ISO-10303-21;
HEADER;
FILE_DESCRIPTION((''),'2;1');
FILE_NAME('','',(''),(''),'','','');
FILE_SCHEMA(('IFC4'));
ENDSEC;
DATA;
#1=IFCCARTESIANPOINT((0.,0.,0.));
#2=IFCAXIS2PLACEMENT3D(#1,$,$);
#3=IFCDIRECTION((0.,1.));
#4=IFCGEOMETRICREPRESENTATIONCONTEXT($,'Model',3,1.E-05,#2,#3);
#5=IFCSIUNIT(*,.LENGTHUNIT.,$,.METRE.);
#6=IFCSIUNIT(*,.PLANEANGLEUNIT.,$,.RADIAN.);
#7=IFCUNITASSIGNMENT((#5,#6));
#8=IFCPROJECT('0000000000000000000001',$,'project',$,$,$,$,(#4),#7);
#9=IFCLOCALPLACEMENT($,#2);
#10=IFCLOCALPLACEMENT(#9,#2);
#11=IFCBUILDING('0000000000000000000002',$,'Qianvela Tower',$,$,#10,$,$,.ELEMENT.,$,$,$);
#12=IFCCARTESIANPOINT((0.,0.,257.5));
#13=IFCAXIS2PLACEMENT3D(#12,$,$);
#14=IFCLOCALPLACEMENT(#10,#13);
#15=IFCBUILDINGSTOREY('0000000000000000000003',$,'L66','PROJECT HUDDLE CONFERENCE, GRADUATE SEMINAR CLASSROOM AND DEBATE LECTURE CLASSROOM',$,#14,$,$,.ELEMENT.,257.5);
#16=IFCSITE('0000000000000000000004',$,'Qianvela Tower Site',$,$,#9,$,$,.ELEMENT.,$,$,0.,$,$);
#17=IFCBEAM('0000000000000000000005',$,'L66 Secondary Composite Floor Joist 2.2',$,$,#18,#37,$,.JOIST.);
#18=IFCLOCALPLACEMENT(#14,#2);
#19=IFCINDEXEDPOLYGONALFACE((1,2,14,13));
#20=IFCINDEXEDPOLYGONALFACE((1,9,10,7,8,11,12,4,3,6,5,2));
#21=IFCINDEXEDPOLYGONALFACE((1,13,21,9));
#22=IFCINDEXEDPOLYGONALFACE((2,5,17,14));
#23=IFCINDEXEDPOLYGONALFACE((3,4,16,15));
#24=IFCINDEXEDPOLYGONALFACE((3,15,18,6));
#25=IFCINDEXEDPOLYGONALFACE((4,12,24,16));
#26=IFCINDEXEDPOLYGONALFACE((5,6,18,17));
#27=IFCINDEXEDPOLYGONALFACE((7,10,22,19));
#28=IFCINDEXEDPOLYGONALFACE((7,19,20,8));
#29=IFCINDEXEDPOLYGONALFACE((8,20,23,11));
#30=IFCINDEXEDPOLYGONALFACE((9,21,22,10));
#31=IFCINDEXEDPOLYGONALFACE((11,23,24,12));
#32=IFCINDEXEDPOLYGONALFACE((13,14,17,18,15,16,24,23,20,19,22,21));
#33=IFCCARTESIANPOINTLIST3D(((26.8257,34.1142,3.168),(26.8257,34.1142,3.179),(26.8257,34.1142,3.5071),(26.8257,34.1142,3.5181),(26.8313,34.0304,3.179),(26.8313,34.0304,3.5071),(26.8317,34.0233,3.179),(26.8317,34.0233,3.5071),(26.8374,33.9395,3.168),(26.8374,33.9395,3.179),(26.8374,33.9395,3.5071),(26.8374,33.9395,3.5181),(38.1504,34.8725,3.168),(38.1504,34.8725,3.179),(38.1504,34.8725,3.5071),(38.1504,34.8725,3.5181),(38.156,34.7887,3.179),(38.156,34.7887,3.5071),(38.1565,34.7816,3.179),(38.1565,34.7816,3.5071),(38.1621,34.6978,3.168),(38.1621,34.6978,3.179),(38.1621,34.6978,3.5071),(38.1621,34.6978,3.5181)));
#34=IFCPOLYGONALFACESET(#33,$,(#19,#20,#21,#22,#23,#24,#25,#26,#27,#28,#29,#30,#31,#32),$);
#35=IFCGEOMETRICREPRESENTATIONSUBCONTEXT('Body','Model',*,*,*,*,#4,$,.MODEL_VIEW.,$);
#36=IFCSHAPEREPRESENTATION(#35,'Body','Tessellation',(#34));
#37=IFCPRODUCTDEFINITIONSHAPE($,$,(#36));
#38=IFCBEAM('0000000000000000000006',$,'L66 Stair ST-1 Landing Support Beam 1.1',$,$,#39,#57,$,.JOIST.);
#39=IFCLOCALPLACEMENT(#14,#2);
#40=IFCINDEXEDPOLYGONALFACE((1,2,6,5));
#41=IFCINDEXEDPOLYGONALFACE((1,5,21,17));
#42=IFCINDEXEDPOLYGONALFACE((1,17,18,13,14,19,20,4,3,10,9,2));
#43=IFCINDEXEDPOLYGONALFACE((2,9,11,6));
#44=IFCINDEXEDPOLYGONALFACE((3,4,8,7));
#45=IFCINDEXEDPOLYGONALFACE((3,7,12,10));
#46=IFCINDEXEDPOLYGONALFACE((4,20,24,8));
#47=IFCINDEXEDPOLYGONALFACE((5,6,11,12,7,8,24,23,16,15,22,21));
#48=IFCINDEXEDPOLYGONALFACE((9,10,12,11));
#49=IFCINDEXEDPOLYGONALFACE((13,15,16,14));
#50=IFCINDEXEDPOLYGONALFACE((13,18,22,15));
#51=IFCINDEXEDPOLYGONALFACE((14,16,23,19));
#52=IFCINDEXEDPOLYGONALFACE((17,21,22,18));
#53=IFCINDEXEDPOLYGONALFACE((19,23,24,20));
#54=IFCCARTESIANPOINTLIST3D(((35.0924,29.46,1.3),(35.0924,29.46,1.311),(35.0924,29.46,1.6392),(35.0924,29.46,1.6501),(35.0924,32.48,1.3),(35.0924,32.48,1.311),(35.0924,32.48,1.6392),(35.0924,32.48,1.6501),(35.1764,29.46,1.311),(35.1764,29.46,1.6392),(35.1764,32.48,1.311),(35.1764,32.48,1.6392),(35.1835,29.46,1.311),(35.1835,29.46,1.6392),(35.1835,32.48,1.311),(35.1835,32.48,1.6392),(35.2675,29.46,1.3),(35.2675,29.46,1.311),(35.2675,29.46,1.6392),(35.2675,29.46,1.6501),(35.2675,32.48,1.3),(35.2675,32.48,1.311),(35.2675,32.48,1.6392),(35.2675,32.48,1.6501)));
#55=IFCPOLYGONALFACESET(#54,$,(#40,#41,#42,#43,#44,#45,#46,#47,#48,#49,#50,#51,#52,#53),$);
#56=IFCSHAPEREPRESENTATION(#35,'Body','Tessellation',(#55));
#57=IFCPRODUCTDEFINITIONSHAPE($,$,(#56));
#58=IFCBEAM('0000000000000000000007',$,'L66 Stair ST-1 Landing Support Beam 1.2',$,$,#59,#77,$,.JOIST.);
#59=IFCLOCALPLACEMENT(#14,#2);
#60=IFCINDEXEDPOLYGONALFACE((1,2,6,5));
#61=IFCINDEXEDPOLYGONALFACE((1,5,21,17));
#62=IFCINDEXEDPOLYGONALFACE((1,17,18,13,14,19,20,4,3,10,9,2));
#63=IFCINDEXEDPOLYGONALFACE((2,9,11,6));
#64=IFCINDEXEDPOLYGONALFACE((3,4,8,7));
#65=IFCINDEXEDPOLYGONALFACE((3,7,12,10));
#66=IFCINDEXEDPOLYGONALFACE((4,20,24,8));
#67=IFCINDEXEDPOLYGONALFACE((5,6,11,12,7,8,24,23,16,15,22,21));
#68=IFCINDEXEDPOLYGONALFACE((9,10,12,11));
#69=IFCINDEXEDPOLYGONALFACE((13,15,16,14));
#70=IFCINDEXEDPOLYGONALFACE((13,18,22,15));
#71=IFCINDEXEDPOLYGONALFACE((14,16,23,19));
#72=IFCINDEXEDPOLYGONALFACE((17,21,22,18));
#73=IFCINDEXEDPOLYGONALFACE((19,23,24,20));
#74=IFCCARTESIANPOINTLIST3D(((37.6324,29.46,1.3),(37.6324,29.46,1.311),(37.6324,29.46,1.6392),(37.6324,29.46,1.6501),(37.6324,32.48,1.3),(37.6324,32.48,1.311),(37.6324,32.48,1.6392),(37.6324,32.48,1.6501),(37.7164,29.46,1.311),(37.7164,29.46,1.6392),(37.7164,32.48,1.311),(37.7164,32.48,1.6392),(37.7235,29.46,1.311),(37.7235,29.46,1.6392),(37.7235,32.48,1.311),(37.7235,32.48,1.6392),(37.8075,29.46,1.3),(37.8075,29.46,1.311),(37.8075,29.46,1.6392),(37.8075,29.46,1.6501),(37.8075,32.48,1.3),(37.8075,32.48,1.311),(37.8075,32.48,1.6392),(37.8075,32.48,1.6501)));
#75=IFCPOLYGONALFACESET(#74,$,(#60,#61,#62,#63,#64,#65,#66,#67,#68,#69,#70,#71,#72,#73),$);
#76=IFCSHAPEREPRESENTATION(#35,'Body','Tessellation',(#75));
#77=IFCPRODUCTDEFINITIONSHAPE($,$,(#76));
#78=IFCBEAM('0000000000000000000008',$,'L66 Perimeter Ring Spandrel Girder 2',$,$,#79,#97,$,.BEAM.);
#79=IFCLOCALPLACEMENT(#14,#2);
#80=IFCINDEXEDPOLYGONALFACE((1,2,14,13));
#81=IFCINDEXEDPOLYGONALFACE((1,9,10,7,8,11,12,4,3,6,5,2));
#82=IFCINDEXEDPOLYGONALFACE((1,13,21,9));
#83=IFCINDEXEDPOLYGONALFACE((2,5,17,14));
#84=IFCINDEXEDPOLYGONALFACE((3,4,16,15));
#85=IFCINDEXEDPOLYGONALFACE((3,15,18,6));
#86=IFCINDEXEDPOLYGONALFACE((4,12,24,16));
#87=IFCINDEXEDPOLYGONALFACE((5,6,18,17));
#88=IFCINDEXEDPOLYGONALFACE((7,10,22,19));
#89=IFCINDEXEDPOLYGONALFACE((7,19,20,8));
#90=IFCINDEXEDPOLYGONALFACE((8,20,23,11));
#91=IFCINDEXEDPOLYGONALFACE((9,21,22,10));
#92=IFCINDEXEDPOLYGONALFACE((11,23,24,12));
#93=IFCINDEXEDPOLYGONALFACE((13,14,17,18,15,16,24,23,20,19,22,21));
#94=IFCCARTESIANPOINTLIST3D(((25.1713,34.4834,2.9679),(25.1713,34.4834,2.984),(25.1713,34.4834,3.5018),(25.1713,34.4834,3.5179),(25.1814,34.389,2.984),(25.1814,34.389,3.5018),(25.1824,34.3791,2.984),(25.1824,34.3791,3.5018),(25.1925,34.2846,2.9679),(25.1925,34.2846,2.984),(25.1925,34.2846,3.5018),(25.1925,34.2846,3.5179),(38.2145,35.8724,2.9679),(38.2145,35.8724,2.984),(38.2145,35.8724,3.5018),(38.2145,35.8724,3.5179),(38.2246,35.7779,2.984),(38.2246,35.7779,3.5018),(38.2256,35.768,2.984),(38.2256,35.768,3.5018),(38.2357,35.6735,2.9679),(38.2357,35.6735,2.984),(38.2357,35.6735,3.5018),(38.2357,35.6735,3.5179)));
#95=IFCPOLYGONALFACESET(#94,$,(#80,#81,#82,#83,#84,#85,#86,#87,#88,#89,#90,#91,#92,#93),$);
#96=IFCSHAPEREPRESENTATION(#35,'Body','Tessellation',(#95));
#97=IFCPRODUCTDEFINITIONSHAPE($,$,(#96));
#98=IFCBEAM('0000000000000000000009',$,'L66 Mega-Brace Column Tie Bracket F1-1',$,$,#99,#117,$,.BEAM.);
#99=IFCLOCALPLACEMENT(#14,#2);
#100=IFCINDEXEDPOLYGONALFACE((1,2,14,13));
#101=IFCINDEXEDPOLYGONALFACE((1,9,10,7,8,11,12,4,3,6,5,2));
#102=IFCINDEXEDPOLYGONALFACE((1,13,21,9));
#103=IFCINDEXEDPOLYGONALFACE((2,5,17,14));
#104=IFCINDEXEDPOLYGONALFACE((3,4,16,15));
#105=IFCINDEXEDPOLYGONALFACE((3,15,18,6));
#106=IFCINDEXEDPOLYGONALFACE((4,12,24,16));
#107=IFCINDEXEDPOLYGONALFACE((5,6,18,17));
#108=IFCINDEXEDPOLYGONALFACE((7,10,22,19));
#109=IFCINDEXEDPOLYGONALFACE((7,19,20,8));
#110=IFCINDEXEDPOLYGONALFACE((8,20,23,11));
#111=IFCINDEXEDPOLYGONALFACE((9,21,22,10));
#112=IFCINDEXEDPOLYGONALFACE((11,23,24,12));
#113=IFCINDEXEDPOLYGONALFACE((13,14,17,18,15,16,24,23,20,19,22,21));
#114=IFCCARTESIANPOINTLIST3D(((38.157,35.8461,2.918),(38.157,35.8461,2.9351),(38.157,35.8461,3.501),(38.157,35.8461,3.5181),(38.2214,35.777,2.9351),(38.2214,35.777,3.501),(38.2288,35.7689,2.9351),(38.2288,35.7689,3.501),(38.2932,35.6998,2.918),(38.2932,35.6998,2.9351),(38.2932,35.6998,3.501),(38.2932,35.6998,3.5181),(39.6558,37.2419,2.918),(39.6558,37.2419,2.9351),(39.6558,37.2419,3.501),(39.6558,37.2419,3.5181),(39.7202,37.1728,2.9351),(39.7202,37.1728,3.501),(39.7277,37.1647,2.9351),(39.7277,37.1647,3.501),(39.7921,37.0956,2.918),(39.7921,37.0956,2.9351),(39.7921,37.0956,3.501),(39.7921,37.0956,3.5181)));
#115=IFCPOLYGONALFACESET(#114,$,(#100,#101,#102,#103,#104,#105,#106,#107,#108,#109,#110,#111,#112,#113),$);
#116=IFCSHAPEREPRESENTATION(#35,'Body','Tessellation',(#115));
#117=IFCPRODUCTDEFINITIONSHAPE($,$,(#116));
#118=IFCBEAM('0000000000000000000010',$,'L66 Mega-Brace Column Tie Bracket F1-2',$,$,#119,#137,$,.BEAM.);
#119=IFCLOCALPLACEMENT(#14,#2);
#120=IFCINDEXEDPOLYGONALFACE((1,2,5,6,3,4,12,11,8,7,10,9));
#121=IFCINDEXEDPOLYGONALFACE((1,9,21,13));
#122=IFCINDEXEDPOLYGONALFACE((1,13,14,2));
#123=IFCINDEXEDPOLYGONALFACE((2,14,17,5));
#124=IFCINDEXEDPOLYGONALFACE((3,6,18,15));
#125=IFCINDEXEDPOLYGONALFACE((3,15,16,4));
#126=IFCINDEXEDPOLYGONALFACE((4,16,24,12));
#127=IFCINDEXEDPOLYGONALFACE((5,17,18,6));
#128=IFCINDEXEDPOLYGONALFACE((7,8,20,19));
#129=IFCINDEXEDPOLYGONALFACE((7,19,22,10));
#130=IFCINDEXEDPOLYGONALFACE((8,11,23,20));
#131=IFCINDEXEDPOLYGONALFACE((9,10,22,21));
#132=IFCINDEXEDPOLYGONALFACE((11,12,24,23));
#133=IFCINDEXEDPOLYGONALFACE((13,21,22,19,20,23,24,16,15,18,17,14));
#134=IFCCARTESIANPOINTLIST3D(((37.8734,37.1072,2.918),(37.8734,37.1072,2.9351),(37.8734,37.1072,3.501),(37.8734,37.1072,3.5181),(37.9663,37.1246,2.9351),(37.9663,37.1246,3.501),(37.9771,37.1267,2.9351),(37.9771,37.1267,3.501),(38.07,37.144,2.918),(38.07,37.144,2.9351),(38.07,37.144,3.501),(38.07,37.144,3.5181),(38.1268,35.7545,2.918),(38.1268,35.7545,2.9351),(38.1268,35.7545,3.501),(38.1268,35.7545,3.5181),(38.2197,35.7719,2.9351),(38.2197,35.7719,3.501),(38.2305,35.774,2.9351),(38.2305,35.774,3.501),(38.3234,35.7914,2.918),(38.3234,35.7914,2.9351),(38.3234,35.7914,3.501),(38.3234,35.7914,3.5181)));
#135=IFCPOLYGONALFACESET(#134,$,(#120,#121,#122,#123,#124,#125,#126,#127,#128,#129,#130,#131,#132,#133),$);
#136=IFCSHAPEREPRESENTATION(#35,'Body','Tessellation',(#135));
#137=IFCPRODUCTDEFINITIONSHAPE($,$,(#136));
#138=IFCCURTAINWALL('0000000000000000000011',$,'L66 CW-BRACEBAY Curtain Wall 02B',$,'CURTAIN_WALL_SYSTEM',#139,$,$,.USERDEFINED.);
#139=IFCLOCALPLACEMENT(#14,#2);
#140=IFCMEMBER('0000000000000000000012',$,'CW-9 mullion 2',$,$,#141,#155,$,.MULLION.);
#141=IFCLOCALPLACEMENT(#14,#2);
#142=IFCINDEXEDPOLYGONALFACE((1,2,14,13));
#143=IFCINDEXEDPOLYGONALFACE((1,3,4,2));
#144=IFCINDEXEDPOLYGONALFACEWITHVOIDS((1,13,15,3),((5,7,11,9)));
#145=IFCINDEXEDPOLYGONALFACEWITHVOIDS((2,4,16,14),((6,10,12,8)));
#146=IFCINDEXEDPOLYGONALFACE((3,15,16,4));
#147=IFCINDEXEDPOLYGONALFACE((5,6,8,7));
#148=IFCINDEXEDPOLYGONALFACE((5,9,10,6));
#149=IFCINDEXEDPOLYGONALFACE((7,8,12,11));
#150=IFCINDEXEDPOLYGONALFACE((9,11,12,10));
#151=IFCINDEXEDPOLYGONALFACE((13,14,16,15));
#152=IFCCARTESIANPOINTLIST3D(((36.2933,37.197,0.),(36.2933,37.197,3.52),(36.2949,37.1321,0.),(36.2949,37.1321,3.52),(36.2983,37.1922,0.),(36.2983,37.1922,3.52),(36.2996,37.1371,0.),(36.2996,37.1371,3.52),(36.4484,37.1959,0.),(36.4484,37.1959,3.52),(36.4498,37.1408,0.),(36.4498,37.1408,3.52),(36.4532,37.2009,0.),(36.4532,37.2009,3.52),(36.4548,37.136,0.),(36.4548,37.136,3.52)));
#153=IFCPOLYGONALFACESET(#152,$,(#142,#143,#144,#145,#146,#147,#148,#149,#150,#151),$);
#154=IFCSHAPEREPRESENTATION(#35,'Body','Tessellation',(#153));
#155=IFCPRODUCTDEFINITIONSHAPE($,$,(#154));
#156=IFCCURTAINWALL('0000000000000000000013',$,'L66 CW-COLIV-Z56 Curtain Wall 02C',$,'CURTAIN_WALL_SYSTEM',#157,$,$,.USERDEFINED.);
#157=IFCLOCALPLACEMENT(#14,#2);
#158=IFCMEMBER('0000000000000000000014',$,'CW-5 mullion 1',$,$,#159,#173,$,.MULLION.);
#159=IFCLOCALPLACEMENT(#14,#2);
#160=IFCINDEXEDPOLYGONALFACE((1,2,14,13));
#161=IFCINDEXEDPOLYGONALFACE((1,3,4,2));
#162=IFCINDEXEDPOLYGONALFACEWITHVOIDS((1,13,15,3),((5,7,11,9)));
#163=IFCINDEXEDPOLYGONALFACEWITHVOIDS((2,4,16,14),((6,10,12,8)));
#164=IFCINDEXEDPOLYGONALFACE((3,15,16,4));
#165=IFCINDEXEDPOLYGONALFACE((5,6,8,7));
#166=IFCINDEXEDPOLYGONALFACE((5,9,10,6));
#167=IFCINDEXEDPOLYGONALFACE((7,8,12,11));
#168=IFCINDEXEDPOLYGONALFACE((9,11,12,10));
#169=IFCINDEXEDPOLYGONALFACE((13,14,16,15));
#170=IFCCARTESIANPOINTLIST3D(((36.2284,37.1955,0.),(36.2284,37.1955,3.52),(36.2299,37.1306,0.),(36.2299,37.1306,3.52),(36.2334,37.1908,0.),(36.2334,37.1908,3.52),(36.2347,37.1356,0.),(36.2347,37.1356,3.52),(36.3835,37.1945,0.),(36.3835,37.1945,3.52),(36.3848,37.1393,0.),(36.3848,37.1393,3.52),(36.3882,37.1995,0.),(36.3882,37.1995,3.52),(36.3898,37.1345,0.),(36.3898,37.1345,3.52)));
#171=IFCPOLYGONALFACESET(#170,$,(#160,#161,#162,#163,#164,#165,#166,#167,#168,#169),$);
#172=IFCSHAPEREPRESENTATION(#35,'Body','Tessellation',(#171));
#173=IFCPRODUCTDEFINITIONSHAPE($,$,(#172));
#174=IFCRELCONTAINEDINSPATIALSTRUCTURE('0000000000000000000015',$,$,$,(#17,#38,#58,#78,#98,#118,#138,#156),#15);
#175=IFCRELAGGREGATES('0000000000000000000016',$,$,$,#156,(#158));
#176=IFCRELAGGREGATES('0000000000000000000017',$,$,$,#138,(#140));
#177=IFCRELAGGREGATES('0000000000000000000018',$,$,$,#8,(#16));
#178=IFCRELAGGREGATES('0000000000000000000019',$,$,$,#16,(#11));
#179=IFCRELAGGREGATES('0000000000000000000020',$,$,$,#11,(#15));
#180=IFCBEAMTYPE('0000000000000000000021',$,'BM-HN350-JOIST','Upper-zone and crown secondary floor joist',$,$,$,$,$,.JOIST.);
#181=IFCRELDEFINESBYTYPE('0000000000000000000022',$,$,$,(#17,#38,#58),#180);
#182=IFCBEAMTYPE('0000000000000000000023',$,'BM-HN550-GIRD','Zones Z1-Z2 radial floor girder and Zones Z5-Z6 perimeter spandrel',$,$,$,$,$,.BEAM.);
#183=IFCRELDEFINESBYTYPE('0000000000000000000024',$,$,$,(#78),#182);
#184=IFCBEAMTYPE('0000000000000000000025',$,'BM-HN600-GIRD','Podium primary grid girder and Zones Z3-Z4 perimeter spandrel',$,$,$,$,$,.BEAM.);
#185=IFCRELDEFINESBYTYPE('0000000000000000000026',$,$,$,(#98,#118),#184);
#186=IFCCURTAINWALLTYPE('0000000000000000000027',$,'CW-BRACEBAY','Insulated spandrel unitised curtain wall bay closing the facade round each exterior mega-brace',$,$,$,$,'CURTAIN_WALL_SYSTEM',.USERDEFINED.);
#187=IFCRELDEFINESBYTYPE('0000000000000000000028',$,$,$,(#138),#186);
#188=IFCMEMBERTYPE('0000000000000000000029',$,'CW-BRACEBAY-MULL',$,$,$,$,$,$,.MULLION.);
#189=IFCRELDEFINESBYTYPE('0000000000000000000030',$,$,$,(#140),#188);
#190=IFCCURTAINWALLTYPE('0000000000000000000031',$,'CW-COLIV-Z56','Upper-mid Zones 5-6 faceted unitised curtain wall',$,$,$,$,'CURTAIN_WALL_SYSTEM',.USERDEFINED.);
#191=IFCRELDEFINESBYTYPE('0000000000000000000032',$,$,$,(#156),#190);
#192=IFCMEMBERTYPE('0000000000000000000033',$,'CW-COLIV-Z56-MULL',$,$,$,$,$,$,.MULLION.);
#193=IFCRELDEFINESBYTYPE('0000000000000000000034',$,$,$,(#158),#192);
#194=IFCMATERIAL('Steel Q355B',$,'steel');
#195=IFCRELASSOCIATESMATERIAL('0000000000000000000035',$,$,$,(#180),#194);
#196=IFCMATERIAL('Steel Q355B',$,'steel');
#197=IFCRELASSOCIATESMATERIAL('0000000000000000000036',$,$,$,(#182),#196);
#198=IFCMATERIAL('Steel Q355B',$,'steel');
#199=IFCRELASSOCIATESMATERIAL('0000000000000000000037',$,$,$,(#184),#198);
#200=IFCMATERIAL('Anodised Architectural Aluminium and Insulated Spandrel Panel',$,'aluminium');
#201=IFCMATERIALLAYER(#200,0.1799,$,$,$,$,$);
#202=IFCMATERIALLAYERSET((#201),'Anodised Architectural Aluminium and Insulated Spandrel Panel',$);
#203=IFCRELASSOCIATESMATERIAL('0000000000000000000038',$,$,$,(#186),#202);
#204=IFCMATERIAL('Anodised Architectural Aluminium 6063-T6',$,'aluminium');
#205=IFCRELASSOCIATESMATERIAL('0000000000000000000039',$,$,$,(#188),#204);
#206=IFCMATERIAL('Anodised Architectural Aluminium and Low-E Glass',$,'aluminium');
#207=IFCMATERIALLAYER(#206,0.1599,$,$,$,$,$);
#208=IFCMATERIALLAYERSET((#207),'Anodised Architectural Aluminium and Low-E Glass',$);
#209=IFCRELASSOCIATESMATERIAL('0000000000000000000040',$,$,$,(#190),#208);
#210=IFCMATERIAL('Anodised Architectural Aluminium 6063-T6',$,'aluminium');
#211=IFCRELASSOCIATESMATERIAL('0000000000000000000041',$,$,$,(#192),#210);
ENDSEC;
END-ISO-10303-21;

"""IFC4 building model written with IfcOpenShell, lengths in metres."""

from ifc_helpers import new_model, si_unit, direction, frame, origin, origin_2d, place, context, subcontext, project, spatial, hollow_rectangle, i_section, extrude, material, layer, layer_set, material_profile, profile_set, type_object, element, aggregate, save


model = new_model("IFC4")

# Units and contexts
model_context = context("Model", 3, precision=1e-05, world=origin(), true_north=direction((0.0, 1.0)))
body_context = subcontext(model_context, "Body", "Model", "MODEL_VIEW")
ifc_project = project(units=[si_unit("LENGTHUNIT", "METRE"), si_unit("PLANEANGLEUNIT", "RADIAN")], contexts=[model_context])

# Site, building, storey
site_placement = place(None, origin())
site = spatial("IfcSite", under=ifc_project, at=site_placement, Name="Qianvela Tower Site", CompositionType="ELEMENT", RefElevation=0.0)
building_placement = place(site_placement, origin())
building = spatial("IfcBuilding", under=site, at=building_placement, Name="Qianvela Tower", CompositionType="ELEMENT")
storey_placement = place(building_placement, frame((0.0, 0.0, 257.5)))
storey = spatial("IfcBuildingStorey", under=building, at=storey_placement, Name="L66", Description="PROJECT HUDDLE CONFERENCE, GRADUATE SEMINAR CLASSROOM AND DEBATE LECTURE CLASSROOM", CompositionType="ELEMENT", Elevation=257.5)

# Beams
ifc_material_1 = material(Name="Steel Q355B", Category="steel")
ifc_material_profile_1 = material_profile(ifc_material_1, i_section(OverallWidth=0.175, OverallDepth=0.3501, WebThickness=0.0071, FlangeThickness=0.011, at=origin_2d()), Name="HN350x175x7x11")
ifc_profile_set_1 = profile_set([ifc_material_profile_1], Name="Steel Q355B")
beam_type_1 = type_object("IfcBeamType", Name="BM-HN350-JOIST", Description="Upper-zone and crown secondary floor joist", PredefinedType="JOIST", material=ifc_profile_set_1)
beam_1_placement = place(storey_placement, frame((38.1562, 34.7852, 3.343), z_axis=(-0.997766, -0.06681, 0.0), x_axis=(0.06681, -0.997766, 0.0)))
element("IfcBeam", 1, at=beam_1_placement, inside=storey, type_object=beam_type_1, Name="L66 Secondary Composite Floor Joist 2.2", PredefinedType="JOIST", context=body_context, shape_type="SweptSolid", body=[
    extrude(i_section(OverallWidth=0.175, OverallDepth=0.3501, WebThickness=0.0071, FlangeThickness=0.011, at=origin_2d()), origin(), (0.0, 0.0, 1.0), 11.3501),
])
for number, where, z_axis, x_axis, name in (
    (2, (35.1799, 29.46, 1.4751), (0.0, 1.0, 0.0), (-1.0, 0.0, 0.0), "L66 Stair ST-1 Landing Support Beam 1.1"),
    (3, (37.72, 29.46, 1.4751), (0.0, 1.0, 0.0), (-1.0, 0.0, 0.0), "L66 Stair ST-1 Landing Support Beam 1.2"),
):
    element("IfcBeam", number, at=place(storey_placement, frame(where, z_axis=z_axis, x_axis=x_axis)), inside=storey, type_object=beam_type_1, Name=name, PredefinedType="JOIST", context=body_context, shape_type="SweptSolid", body=[
        extrude(i_section(OverallWidth=0.175, OverallDepth=0.3501, WebThickness=0.0071, FlangeThickness=0.011, at=origin_2d()), origin(), (0.0, 0.0, 1.0), 3.02),
    ])
ifc_material_2 = material(Name="Steel Q355B", Category="steel")
ifc_material_profile_2 = material_profile(ifc_material_2, i_section(OverallWidth=0.2, OverallDepth=0.55, WebThickness=0.01, FlangeThickness=0.0161, at=origin_2d()), Name="HN550x200x10x16")
ifc_profile_set_2 = profile_set([ifc_material_profile_2], Name="Steel Q355B")
beam_type_2 = type_object("IfcBeamType", Name="BM-HN550-GIRD", Description="Zones Z1-Z2 radial floor girder and Zones Z5-Z6 perimeter spandrel", PredefinedType="BEAM", material=ifc_profile_set_2)
beam_2_placement = place(storey_placement, frame((38.2251, 35.7729, 3.2429), z_axis=(-0.994378, -0.105887, 0.0), x_axis=(0.105887, -0.994378, 0.0)))
element("IfcBeam", 4, at=beam_2_placement, inside=storey, type_object=beam_type_2, Name="L66 Perimeter Ring Spandrel Girder 2", PredefinedType="BEAM", context=body_context, shape_type="SweptSolid", body=[
    extrude(i_section(OverallWidth=0.2, OverallDepth=0.55, WebThickness=0.01, FlangeThickness=0.0161, at=origin_2d()), origin(), (0.0, 0.0, 1.0), 13.1169),
])
ifc_material_3 = material(Name="Steel Q355B", Category="steel")
ifc_material_profile_3 = material_profile(ifc_material_3, i_section(OverallWidth=0.2, OverallDepth=0.6001, WebThickness=0.011, FlangeThickness=0.0171, at=origin_2d()), Name="HN600x200x11x17")
ifc_profile_set_3 = profile_set([ifc_material_profile_3], Name="Steel Q355B")
beam_type_3 = type_object("IfcBeamType", Name="BM-HN600-GIRD", Description="Podium primary grid girder and Zones Z3-Z4 perimeter spandrel", PredefinedType="BEAM", material=ifc_profile_set_3)
beam_3_placement = place(storey_placement, frame((38.2251, 35.7729, 3.218), z_axis=(0.731812, 0.681507, 0.0), x_axis=(-0.681507, 0.731812, 0.0)))
element("IfcBeam", 5, at=beam_3_placement, inside=storey, type_object=beam_type_3, Name="L66 Mega-Brace Column Tie Bracket F1-1", PredefinedType="BEAM", context=body_context, shape_type="SweptSolid", body=[
    extrude(i_section(OverallWidth=0.2, OverallDepth=0.6001, WebThickness=0.011, FlangeThickness=0.0171, at=origin_2d()), origin(), (0.0, 0.0, 1.0), 2.0481),
])
beam_4_placement = place(storey_placement, frame((38.2251, 35.7729, 3.218), z_axis=(-0.184128, 0.982902, 0.0), x_axis=(-0.982902, -0.184128, 0.0)))
element("IfcBeam", 6, at=beam_4_placement, inside=storey, type_object=beam_type_3, Name="L66 Mega-Brace Column Tie Bracket F1-2", PredefinedType="BEAM", context=body_context, shape_type="SweptSolid", body=[
    extrude(i_section(OverallWidth=0.2, OverallDepth=0.6001, WebThickness=0.011, FlangeThickness=0.0171, at=origin_2d()), origin(), (0.0, 0.0, 1.0), 1.3762),
])

# Curtain wall, member
ifc_material_4 = material(Name="Anodised Architectural Aluminium and Insulated Spandrel Panel", Category="aluminium")
ifc_layer_1 = layer(ifc_material_4, 0.1799)
ifc_layer_set_1 = layer_set([ifc_layer_1], Name="Anodised Architectural Aluminium and Insulated Spandrel Panel")
curtain_wall_type_1 = type_object("IfcCurtainWallType", Name="CW-BRACEBAY", Description="Insulated spandrel unitised curtain wall bay closing the facade round each exterior mega-brace", ElementType="CURTAIN_WALL_SYSTEM", PredefinedType="USERDEFINED", material=ifc_layer_set_1)
curtain_wall_1_placement = place(storey_placement, origin())
curtain_wall_1 = element("IfcCurtainWall", 7, at=curtain_wall_1_placement, inside=storey, type_object=curtain_wall_type_1, Name="L66 CW-BRACEBAY Curtain Wall 02B", ObjectType="CURTAIN_WALL_SYSTEM", PredefinedType="USERDEFINED")
ifc_material_5 = material(Name="Anodised Architectural Aluminium 6063-T6", Category="aluminium")
ifc_material_profile_4 = material_profile(ifc_material_5, hollow_rectangle(XDim=0.0649, YDim=0.1599, WallThickness=0.0049, at=origin_2d()), Name="ALU-MULL-65x160")
ifc_profile_set_4 = profile_set([ifc_material_profile_4], Name="Anodised Architectural Aluminium 6063-T6")
member_type_1 = type_object("IfcMemberType", Name="CW-BRACEBAY-MULL", PredefinedType="MULLION", material=ifc_profile_set_4)
member_1_placement = place(storey_placement, frame((36.374, 37.1665, 0.0), z_axis=(0.0, 0.0, 1.0), x_axis=(0.024532, -0.999699, 0.0)))
member_1 = element("IfcMember", 8, at=member_1_placement, type_object=member_type_1, Name="CW-9 mullion 2", PredefinedType="MULLION", context=body_context, shape_type="SweptSolid", body=[
    extrude(hollow_rectangle(XDim=0.0649, YDim=0.1599, WallThickness=0.0049, at=origin_2d()), origin(), (0.0, 0.0, 1.0), 3.52),
])

# Curtain wall, member
ifc_material_6 = material(Name="Anodised Architectural Aluminium and Low-E Glass", Category="aluminium")
ifc_layer_2 = layer(ifc_material_6, 0.1599)
ifc_layer_set_2 = layer_set([ifc_layer_2], Name="Anodised Architectural Aluminium and Low-E Glass")
curtain_wall_type_2 = type_object("IfcCurtainWallType", Name="CW-COLIV-Z56", Description="Upper-mid Zones 5-6 faceted unitised curtain wall", ElementType="CURTAIN_WALL_SYSTEM", PredefinedType="USERDEFINED", material=ifc_layer_set_2)
curtain_wall_2_placement = place(storey_placement, origin())
curtain_wall_2 = element("IfcCurtainWall", 9, at=curtain_wall_2_placement, inside=storey, type_object=curtain_wall_type_2, Name="L66 CW-COLIV-Z56 Curtain Wall 02C", ObjectType="CURTAIN_WALL_SYSTEM", PredefinedType="USERDEFINED")
ifc_material_7 = material(Name="Anodised Architectural Aluminium 6063-T6", Category="aluminium")
ifc_material_profile_5 = material_profile(ifc_material_7, hollow_rectangle(XDim=0.0649, YDim=0.1599, WallThickness=0.0049, at=origin_2d()), Name="ALU-MULL-65x160")
ifc_profile_set_5 = profile_set([ifc_material_profile_5], Name="Anodised Architectural Aluminium 6063-T6")
member_type_2 = type_object("IfcMemberType", Name="CW-COLIV-Z56-MULL", PredefinedType="MULLION", material=ifc_profile_set_5)
member_2_placement = place(storey_placement, frame((36.3091, 37.165, 0.0), z_axis=(0.0, 0.0, 1.0), x_axis=(0.024558, -0.999698, 0.0)))
member_2 = element("IfcMember", 10, at=member_2_placement, type_object=member_type_2, Name="CW-5 mullion 1", PredefinedType="MULLION", context=body_context, shape_type="SweptSolid", body=[
    extrude(hollow_rectangle(XDim=0.0649, YDim=0.1599, WallThickness=0.0049, at=origin_2d()), origin(), (0.0, 0.0, 1.0), 3.52),
])
aggregate(curtain_wall_2, [member_2])

aggregate(curtain_wall_1, [member_1])

save(model, "model.ifc")
